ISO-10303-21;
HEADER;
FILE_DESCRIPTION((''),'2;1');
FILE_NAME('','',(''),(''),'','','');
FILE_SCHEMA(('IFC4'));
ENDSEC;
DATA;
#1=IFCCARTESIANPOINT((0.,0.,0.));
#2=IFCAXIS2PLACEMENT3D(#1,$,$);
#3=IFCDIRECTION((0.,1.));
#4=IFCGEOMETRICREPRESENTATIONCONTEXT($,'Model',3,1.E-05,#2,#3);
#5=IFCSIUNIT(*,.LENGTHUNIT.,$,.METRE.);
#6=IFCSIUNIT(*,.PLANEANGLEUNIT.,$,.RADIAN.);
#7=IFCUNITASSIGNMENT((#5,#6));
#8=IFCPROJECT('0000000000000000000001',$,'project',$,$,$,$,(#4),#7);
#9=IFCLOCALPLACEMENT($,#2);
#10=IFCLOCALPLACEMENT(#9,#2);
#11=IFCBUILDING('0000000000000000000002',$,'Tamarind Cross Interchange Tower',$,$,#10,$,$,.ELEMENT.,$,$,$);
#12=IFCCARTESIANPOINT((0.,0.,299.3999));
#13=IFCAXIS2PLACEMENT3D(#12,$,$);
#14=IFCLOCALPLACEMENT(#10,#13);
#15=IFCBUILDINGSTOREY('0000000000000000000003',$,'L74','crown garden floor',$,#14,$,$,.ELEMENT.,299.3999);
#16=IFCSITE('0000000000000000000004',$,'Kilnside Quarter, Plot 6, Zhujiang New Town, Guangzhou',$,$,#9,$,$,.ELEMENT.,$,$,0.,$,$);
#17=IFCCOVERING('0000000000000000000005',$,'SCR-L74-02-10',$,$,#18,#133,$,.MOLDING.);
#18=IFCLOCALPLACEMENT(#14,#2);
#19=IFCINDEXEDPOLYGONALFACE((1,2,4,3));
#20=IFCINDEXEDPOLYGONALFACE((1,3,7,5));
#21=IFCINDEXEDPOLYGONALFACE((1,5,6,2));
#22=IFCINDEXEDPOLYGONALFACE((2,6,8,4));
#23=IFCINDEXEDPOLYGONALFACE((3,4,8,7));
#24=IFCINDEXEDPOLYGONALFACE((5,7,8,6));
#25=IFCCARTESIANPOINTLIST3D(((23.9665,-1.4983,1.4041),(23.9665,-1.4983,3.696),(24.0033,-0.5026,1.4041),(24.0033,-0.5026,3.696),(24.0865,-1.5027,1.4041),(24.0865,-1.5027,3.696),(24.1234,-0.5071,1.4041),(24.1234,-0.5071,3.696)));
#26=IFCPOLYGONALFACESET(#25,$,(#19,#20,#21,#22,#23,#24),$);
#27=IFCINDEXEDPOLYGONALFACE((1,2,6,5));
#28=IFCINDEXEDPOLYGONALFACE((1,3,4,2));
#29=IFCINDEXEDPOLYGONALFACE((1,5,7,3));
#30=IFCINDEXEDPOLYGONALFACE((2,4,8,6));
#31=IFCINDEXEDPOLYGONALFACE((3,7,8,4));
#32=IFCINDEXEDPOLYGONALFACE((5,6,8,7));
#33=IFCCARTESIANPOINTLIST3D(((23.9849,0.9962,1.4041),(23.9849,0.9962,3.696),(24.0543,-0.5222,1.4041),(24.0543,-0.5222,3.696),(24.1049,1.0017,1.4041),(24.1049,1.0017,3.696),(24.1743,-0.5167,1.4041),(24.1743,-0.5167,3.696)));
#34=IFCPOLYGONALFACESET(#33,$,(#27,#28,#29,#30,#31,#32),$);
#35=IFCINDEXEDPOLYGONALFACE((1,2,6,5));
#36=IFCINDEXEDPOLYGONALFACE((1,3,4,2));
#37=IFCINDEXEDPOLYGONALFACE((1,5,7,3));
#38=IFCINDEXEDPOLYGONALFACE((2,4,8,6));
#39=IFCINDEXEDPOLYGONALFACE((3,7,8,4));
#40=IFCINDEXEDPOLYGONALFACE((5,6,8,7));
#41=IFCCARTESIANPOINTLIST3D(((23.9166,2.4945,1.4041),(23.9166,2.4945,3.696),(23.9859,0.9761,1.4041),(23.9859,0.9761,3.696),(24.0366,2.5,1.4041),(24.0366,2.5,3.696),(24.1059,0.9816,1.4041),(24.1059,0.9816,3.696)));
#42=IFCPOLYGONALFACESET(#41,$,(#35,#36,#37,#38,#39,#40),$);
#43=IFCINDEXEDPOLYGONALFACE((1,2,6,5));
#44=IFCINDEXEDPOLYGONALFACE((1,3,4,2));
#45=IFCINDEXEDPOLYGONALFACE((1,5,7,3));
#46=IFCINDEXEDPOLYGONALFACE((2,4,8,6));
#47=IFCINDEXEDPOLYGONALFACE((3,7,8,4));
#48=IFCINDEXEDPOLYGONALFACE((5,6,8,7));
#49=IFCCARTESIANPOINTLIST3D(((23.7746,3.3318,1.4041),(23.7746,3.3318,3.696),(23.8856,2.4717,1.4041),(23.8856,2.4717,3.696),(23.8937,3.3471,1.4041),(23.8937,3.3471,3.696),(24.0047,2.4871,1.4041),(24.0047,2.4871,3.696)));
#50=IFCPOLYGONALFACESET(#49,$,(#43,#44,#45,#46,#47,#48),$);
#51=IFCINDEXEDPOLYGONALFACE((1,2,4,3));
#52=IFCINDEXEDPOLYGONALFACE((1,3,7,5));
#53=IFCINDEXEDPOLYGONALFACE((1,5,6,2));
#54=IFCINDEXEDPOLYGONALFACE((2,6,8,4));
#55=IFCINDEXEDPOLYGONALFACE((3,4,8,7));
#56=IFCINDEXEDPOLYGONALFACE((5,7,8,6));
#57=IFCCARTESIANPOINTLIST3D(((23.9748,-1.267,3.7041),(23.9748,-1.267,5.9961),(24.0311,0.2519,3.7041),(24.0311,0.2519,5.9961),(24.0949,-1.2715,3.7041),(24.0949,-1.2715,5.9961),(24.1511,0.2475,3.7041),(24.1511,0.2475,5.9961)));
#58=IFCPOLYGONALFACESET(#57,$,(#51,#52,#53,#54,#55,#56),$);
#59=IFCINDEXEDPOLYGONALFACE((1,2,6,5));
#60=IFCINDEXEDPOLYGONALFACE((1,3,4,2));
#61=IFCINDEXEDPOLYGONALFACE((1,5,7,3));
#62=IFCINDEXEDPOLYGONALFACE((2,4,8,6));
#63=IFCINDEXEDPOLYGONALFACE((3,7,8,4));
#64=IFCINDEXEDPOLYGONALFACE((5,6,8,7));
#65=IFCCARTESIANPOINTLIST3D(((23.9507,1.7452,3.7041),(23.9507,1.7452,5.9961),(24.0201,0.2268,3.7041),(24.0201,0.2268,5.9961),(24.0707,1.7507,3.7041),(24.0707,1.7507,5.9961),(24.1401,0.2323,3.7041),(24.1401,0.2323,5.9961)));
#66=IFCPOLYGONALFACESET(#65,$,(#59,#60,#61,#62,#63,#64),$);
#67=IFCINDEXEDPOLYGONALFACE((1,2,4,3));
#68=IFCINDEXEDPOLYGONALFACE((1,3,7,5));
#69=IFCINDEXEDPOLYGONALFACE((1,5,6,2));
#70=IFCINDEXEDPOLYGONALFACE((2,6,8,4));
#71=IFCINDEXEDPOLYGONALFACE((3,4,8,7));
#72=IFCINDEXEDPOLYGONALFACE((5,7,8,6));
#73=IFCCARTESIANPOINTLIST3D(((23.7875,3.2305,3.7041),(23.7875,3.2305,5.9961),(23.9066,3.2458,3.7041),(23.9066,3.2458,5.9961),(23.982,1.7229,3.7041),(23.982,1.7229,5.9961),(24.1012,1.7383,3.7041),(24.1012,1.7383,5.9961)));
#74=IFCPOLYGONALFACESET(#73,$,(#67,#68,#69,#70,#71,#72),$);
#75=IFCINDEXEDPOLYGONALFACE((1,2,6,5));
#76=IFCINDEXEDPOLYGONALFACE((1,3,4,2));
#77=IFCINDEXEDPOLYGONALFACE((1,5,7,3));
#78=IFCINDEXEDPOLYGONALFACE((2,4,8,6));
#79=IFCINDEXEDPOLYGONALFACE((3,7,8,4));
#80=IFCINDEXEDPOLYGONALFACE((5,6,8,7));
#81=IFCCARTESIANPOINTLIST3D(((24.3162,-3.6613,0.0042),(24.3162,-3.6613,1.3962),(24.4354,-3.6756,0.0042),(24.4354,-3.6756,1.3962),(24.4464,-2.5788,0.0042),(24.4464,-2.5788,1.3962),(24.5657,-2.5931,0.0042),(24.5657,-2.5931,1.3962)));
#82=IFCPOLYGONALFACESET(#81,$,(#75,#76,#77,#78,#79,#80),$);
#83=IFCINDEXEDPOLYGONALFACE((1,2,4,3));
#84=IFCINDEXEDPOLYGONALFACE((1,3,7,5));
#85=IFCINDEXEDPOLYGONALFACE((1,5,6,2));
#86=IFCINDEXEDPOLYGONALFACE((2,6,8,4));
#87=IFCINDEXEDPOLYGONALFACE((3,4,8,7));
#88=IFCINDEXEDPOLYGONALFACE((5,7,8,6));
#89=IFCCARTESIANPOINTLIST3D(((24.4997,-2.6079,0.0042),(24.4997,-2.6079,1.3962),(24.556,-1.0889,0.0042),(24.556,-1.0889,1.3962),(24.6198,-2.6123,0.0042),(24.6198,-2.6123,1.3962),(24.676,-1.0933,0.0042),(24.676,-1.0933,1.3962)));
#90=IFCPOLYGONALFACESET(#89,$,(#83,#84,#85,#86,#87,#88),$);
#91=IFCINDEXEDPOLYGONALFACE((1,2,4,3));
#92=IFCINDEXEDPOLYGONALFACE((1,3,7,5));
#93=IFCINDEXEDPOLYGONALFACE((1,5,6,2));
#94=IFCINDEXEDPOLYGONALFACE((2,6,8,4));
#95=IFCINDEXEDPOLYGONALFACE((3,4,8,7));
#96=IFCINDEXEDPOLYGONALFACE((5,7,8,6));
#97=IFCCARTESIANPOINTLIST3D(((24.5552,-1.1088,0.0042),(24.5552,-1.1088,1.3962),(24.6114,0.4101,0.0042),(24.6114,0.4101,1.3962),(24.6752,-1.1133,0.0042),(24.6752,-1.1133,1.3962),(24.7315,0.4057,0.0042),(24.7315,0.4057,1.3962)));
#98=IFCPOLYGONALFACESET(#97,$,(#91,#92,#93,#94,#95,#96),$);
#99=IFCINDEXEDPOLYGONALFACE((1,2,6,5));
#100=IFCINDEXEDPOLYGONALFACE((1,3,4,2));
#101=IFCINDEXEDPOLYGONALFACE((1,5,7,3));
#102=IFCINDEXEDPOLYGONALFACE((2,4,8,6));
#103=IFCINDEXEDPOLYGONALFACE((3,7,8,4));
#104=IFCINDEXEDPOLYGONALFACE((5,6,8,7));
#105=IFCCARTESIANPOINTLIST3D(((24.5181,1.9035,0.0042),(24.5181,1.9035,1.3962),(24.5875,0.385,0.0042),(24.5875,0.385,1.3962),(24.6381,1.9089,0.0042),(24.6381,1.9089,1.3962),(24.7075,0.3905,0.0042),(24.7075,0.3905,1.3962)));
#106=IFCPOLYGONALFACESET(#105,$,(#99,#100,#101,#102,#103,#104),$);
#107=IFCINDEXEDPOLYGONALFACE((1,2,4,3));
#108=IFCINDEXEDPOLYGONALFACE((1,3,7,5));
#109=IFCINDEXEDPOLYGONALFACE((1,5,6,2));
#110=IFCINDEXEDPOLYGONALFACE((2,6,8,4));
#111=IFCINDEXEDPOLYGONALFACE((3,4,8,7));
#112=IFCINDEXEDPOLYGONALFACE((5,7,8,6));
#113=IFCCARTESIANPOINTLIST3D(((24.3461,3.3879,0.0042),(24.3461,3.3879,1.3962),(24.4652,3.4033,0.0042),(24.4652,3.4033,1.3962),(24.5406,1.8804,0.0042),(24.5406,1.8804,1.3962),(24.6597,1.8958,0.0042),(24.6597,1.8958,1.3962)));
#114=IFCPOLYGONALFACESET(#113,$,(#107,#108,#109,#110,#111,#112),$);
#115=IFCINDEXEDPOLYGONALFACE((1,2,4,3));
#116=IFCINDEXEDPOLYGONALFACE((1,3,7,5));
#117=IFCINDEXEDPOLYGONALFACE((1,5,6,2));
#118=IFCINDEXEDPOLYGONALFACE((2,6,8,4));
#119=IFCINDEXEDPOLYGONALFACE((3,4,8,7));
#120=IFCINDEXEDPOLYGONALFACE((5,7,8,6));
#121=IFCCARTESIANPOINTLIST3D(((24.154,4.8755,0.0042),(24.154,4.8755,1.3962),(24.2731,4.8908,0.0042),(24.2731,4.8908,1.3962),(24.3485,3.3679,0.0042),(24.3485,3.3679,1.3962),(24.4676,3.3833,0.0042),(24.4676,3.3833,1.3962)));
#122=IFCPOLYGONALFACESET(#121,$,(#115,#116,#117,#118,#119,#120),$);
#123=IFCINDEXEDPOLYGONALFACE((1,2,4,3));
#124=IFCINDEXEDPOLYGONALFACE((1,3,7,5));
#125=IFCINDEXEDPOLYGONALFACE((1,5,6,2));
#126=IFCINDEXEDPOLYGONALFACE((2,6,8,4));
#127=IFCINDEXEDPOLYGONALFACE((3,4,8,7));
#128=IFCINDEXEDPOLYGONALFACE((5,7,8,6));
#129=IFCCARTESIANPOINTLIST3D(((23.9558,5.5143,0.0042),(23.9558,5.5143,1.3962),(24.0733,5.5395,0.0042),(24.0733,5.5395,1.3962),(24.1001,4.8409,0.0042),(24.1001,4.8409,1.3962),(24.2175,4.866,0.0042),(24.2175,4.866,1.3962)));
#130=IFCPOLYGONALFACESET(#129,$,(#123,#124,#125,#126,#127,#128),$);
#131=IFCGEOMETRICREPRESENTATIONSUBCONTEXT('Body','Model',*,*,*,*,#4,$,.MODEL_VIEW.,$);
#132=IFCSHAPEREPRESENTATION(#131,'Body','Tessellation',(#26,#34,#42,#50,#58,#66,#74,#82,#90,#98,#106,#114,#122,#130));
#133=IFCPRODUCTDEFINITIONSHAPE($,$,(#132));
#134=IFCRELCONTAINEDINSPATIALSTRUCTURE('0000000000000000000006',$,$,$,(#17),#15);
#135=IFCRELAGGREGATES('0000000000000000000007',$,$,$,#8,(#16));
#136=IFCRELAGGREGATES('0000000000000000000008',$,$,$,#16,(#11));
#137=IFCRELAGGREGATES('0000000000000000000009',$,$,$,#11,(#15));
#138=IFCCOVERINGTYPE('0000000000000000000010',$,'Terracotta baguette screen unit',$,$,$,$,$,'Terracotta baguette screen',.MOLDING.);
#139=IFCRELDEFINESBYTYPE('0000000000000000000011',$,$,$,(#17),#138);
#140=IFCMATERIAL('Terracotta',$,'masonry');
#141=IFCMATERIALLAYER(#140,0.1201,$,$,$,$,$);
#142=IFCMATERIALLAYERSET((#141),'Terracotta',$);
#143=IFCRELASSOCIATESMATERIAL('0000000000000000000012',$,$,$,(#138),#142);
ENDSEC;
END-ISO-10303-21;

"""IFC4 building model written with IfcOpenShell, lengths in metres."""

from ifc_helpers import new_model, si_unit, direction, frame, origin, origin_2d, place, context, subcontext, project, spatial, rectangle, extrude, material, layer, layer_set, type_object, element, save


model = new_model("IFC4")

# Units and contexts
model_context = context("Model", 3, precision=1e-05, world=origin(), true_north=direction((0.0, 1.0)))
body_context = subcontext(model_context, "Body", "Model", "MODEL_VIEW")
ifc_project = project(units=[si_unit("LENGTHUNIT", "METRE"), si_unit("PLANEANGLEUNIT", "RADIAN")], contexts=[model_context])

# Site, building, storey
site_placement = place(None, origin())
site = spatial("IfcSite", under=ifc_project, at=site_placement, Name="Kilnside Quarter, Plot 6, Zhujiang New Town, Guangzhou", CompositionType="ELEMENT", RefElevation=0.0)
building_placement = place(site_placement, origin())
building = spatial("IfcBuilding", under=site, at=building_placement, Name="Tamarind Cross Interchange Tower", CompositionType="ELEMENT")
storey_placement = place(building_placement, frame((0.0, 0.0, 299.3999)))
storey = spatial("IfcBuildingStorey", under=building, at=storey_placement, Name="L74", Description="crown garden floor", CompositionType="ELEMENT", Elevation=299.3999)

# Covering
ifc_material_1 = material(Name="Terracotta", Category="masonry")
ifc_layer_1 = layer(ifc_material_1, 0.1201)
ifc_layer_set_1 = layer_set([ifc_layer_1], Name="Terracotta")
covering_type = type_object("IfcCoveringType", Name="Terracotta baguette screen unit", ElementType="Terracotta baguette screen", PredefinedType="MOLDING", material=ifc_layer_set_1)
covering_1_placement = place(storey_placement, origin())
element("IfcCovering", 1, at=covering_1_placement, inside=storey, type_object=covering_type, Name="SCR-L74-02-10", PredefinedType="MOLDING", context=body_context, shape_type="SweptSolid", body=[
    extrude(rectangle(XDim=0.9963, YDim=0.1201, at=origin_2d()), frame((24.0449, -1.0027, 1.4041), z_axis=(0.0, 0.0, 1.0), x_axis=(0.037025, 0.999314, 0.0)), (0.0, 0.0, 1.0), 2.292),
    extrude(rectangle(XDim=1.52, YDim=0.1201, at=origin_2d()), frame((24.0796, 0.2397, 1.4041), z_axis=(0.0, 0.0, 1.0), x_axis=(-0.045624, 0.998959, 0.0)), (0.0, 0.0, 1.0), 2.292),
    extrude(rectangle(XDim=1.52, YDim=0.1201, at=origin_2d()), frame((24.0112, 1.738, 1.4041), z_axis=(0.0, 0.0, 1.0), x_axis=(-0.045624, 0.998959, 0.0)), (0.0, 0.0, 1.0), 2.292),
    extrude(rectangle(XDim=0.8672, YDim=0.1201, at=origin_2d()), frame((23.8896, 2.9094, 1.4041), z_axis=(0.0, 0.0, 1.0), x_axis=(-0.127962, 0.991779, 0.0)), (0.0, 0.0, 1.0), 2.292),
    extrude(rectangle(XDim=1.52, YDim=0.1201, at=origin_2d()), frame((24.063, -0.5098, 3.7041), z_axis=(0.0, 0.0, 1.0), x_axis=(0.037025, 0.999314, 0.0)), (0.0, 0.0, 1.0), 2.292),
    extrude(rectangle(XDim=1.52, YDim=0.1201, at=origin_2d()), frame((24.0454, 0.9888, 3.7041), z_axis=(0.0, 0.0, 1.0), x_axis=(-0.045624, 0.998959, 0.0)), (0.0, 0.0, 1.0), 2.292),
    extrude(rectangle(XDim=1.52, YDim=0.1201, at=origin_2d()), frame((23.9443, 2.4844, 3.7041), z_axis=(0.0, 0.0, 1.0), x_axis=(-0.127962, 0.991779, 0.0)), (0.0, 0.0, 1.0), 2.292),
    extrude(rectangle(XDim=1.0903, YDim=0.1201, at=origin_2d()), frame((24.4409, -3.1272, 0.0042), z_axis=(0.0, 0.0, 1.0), x_axis=(0.119421, 0.992844, 0.0)), (0.0, 0.0, 1.0), 1.3921),
    extrude(rectangle(XDim=1.52, YDim=0.1201, at=origin_2d()), frame((24.5879, -1.8506, 0.0042), z_axis=(0.0, 0.0, 1.0), x_axis=(0.037025, 0.999314, 0.0)), (0.0, 0.0, 1.0), 1.3921),
    extrude(rectangle(XDim=1.52, YDim=0.1201, at=origin_2d()), frame((24.6433, -0.3516, 0.0042), z_axis=(0.0, 0.0, 1.0), x_axis=(0.037025, 0.999314, 0.0)), (0.0, 0.0, 1.0), 1.3921),
    extrude(rectangle(XDim=1.52, YDim=0.1201, at=origin_2d()), frame((24.6128, 1.147, 0.0042), z_axis=(0.0, 0.0, 1.0), x_axis=(-0.045624, 0.998959, 0.0)), (0.0, 0.0, 1.0), 1.3921),
    extrude(rectangle(XDim=1.52, YDim=0.1201, at=origin_2d()), frame((24.5029, 2.6418, 0.0042), z_axis=(0.0, 0.0, 1.0), x_axis=(-0.127962, 0.991779, 0.0)), (0.0, 0.0, 1.0), 1.3921),
    extrude(rectangle(XDim=1.52, YDim=0.1201, at=origin_2d()), frame((24.3108, 4.1294, 0.0042), z_axis=(0.0, 0.0, 1.0), x_axis=(-0.127962, 0.991779, 0.0)), (0.0, 0.0, 1.0), 1.3921),
    extrude(rectangle(XDim=0.6887, YDim=0.1201, at=origin_2d()), frame((24.0867, 5.1902, 0.0042), z_axis=(0.0, 0.0, 1.0), x_axis=(-0.209425, 0.977825, 0.0)), (0.0, 0.0, 1.0), 1.3921),
])

save(model, "model.ifc")
